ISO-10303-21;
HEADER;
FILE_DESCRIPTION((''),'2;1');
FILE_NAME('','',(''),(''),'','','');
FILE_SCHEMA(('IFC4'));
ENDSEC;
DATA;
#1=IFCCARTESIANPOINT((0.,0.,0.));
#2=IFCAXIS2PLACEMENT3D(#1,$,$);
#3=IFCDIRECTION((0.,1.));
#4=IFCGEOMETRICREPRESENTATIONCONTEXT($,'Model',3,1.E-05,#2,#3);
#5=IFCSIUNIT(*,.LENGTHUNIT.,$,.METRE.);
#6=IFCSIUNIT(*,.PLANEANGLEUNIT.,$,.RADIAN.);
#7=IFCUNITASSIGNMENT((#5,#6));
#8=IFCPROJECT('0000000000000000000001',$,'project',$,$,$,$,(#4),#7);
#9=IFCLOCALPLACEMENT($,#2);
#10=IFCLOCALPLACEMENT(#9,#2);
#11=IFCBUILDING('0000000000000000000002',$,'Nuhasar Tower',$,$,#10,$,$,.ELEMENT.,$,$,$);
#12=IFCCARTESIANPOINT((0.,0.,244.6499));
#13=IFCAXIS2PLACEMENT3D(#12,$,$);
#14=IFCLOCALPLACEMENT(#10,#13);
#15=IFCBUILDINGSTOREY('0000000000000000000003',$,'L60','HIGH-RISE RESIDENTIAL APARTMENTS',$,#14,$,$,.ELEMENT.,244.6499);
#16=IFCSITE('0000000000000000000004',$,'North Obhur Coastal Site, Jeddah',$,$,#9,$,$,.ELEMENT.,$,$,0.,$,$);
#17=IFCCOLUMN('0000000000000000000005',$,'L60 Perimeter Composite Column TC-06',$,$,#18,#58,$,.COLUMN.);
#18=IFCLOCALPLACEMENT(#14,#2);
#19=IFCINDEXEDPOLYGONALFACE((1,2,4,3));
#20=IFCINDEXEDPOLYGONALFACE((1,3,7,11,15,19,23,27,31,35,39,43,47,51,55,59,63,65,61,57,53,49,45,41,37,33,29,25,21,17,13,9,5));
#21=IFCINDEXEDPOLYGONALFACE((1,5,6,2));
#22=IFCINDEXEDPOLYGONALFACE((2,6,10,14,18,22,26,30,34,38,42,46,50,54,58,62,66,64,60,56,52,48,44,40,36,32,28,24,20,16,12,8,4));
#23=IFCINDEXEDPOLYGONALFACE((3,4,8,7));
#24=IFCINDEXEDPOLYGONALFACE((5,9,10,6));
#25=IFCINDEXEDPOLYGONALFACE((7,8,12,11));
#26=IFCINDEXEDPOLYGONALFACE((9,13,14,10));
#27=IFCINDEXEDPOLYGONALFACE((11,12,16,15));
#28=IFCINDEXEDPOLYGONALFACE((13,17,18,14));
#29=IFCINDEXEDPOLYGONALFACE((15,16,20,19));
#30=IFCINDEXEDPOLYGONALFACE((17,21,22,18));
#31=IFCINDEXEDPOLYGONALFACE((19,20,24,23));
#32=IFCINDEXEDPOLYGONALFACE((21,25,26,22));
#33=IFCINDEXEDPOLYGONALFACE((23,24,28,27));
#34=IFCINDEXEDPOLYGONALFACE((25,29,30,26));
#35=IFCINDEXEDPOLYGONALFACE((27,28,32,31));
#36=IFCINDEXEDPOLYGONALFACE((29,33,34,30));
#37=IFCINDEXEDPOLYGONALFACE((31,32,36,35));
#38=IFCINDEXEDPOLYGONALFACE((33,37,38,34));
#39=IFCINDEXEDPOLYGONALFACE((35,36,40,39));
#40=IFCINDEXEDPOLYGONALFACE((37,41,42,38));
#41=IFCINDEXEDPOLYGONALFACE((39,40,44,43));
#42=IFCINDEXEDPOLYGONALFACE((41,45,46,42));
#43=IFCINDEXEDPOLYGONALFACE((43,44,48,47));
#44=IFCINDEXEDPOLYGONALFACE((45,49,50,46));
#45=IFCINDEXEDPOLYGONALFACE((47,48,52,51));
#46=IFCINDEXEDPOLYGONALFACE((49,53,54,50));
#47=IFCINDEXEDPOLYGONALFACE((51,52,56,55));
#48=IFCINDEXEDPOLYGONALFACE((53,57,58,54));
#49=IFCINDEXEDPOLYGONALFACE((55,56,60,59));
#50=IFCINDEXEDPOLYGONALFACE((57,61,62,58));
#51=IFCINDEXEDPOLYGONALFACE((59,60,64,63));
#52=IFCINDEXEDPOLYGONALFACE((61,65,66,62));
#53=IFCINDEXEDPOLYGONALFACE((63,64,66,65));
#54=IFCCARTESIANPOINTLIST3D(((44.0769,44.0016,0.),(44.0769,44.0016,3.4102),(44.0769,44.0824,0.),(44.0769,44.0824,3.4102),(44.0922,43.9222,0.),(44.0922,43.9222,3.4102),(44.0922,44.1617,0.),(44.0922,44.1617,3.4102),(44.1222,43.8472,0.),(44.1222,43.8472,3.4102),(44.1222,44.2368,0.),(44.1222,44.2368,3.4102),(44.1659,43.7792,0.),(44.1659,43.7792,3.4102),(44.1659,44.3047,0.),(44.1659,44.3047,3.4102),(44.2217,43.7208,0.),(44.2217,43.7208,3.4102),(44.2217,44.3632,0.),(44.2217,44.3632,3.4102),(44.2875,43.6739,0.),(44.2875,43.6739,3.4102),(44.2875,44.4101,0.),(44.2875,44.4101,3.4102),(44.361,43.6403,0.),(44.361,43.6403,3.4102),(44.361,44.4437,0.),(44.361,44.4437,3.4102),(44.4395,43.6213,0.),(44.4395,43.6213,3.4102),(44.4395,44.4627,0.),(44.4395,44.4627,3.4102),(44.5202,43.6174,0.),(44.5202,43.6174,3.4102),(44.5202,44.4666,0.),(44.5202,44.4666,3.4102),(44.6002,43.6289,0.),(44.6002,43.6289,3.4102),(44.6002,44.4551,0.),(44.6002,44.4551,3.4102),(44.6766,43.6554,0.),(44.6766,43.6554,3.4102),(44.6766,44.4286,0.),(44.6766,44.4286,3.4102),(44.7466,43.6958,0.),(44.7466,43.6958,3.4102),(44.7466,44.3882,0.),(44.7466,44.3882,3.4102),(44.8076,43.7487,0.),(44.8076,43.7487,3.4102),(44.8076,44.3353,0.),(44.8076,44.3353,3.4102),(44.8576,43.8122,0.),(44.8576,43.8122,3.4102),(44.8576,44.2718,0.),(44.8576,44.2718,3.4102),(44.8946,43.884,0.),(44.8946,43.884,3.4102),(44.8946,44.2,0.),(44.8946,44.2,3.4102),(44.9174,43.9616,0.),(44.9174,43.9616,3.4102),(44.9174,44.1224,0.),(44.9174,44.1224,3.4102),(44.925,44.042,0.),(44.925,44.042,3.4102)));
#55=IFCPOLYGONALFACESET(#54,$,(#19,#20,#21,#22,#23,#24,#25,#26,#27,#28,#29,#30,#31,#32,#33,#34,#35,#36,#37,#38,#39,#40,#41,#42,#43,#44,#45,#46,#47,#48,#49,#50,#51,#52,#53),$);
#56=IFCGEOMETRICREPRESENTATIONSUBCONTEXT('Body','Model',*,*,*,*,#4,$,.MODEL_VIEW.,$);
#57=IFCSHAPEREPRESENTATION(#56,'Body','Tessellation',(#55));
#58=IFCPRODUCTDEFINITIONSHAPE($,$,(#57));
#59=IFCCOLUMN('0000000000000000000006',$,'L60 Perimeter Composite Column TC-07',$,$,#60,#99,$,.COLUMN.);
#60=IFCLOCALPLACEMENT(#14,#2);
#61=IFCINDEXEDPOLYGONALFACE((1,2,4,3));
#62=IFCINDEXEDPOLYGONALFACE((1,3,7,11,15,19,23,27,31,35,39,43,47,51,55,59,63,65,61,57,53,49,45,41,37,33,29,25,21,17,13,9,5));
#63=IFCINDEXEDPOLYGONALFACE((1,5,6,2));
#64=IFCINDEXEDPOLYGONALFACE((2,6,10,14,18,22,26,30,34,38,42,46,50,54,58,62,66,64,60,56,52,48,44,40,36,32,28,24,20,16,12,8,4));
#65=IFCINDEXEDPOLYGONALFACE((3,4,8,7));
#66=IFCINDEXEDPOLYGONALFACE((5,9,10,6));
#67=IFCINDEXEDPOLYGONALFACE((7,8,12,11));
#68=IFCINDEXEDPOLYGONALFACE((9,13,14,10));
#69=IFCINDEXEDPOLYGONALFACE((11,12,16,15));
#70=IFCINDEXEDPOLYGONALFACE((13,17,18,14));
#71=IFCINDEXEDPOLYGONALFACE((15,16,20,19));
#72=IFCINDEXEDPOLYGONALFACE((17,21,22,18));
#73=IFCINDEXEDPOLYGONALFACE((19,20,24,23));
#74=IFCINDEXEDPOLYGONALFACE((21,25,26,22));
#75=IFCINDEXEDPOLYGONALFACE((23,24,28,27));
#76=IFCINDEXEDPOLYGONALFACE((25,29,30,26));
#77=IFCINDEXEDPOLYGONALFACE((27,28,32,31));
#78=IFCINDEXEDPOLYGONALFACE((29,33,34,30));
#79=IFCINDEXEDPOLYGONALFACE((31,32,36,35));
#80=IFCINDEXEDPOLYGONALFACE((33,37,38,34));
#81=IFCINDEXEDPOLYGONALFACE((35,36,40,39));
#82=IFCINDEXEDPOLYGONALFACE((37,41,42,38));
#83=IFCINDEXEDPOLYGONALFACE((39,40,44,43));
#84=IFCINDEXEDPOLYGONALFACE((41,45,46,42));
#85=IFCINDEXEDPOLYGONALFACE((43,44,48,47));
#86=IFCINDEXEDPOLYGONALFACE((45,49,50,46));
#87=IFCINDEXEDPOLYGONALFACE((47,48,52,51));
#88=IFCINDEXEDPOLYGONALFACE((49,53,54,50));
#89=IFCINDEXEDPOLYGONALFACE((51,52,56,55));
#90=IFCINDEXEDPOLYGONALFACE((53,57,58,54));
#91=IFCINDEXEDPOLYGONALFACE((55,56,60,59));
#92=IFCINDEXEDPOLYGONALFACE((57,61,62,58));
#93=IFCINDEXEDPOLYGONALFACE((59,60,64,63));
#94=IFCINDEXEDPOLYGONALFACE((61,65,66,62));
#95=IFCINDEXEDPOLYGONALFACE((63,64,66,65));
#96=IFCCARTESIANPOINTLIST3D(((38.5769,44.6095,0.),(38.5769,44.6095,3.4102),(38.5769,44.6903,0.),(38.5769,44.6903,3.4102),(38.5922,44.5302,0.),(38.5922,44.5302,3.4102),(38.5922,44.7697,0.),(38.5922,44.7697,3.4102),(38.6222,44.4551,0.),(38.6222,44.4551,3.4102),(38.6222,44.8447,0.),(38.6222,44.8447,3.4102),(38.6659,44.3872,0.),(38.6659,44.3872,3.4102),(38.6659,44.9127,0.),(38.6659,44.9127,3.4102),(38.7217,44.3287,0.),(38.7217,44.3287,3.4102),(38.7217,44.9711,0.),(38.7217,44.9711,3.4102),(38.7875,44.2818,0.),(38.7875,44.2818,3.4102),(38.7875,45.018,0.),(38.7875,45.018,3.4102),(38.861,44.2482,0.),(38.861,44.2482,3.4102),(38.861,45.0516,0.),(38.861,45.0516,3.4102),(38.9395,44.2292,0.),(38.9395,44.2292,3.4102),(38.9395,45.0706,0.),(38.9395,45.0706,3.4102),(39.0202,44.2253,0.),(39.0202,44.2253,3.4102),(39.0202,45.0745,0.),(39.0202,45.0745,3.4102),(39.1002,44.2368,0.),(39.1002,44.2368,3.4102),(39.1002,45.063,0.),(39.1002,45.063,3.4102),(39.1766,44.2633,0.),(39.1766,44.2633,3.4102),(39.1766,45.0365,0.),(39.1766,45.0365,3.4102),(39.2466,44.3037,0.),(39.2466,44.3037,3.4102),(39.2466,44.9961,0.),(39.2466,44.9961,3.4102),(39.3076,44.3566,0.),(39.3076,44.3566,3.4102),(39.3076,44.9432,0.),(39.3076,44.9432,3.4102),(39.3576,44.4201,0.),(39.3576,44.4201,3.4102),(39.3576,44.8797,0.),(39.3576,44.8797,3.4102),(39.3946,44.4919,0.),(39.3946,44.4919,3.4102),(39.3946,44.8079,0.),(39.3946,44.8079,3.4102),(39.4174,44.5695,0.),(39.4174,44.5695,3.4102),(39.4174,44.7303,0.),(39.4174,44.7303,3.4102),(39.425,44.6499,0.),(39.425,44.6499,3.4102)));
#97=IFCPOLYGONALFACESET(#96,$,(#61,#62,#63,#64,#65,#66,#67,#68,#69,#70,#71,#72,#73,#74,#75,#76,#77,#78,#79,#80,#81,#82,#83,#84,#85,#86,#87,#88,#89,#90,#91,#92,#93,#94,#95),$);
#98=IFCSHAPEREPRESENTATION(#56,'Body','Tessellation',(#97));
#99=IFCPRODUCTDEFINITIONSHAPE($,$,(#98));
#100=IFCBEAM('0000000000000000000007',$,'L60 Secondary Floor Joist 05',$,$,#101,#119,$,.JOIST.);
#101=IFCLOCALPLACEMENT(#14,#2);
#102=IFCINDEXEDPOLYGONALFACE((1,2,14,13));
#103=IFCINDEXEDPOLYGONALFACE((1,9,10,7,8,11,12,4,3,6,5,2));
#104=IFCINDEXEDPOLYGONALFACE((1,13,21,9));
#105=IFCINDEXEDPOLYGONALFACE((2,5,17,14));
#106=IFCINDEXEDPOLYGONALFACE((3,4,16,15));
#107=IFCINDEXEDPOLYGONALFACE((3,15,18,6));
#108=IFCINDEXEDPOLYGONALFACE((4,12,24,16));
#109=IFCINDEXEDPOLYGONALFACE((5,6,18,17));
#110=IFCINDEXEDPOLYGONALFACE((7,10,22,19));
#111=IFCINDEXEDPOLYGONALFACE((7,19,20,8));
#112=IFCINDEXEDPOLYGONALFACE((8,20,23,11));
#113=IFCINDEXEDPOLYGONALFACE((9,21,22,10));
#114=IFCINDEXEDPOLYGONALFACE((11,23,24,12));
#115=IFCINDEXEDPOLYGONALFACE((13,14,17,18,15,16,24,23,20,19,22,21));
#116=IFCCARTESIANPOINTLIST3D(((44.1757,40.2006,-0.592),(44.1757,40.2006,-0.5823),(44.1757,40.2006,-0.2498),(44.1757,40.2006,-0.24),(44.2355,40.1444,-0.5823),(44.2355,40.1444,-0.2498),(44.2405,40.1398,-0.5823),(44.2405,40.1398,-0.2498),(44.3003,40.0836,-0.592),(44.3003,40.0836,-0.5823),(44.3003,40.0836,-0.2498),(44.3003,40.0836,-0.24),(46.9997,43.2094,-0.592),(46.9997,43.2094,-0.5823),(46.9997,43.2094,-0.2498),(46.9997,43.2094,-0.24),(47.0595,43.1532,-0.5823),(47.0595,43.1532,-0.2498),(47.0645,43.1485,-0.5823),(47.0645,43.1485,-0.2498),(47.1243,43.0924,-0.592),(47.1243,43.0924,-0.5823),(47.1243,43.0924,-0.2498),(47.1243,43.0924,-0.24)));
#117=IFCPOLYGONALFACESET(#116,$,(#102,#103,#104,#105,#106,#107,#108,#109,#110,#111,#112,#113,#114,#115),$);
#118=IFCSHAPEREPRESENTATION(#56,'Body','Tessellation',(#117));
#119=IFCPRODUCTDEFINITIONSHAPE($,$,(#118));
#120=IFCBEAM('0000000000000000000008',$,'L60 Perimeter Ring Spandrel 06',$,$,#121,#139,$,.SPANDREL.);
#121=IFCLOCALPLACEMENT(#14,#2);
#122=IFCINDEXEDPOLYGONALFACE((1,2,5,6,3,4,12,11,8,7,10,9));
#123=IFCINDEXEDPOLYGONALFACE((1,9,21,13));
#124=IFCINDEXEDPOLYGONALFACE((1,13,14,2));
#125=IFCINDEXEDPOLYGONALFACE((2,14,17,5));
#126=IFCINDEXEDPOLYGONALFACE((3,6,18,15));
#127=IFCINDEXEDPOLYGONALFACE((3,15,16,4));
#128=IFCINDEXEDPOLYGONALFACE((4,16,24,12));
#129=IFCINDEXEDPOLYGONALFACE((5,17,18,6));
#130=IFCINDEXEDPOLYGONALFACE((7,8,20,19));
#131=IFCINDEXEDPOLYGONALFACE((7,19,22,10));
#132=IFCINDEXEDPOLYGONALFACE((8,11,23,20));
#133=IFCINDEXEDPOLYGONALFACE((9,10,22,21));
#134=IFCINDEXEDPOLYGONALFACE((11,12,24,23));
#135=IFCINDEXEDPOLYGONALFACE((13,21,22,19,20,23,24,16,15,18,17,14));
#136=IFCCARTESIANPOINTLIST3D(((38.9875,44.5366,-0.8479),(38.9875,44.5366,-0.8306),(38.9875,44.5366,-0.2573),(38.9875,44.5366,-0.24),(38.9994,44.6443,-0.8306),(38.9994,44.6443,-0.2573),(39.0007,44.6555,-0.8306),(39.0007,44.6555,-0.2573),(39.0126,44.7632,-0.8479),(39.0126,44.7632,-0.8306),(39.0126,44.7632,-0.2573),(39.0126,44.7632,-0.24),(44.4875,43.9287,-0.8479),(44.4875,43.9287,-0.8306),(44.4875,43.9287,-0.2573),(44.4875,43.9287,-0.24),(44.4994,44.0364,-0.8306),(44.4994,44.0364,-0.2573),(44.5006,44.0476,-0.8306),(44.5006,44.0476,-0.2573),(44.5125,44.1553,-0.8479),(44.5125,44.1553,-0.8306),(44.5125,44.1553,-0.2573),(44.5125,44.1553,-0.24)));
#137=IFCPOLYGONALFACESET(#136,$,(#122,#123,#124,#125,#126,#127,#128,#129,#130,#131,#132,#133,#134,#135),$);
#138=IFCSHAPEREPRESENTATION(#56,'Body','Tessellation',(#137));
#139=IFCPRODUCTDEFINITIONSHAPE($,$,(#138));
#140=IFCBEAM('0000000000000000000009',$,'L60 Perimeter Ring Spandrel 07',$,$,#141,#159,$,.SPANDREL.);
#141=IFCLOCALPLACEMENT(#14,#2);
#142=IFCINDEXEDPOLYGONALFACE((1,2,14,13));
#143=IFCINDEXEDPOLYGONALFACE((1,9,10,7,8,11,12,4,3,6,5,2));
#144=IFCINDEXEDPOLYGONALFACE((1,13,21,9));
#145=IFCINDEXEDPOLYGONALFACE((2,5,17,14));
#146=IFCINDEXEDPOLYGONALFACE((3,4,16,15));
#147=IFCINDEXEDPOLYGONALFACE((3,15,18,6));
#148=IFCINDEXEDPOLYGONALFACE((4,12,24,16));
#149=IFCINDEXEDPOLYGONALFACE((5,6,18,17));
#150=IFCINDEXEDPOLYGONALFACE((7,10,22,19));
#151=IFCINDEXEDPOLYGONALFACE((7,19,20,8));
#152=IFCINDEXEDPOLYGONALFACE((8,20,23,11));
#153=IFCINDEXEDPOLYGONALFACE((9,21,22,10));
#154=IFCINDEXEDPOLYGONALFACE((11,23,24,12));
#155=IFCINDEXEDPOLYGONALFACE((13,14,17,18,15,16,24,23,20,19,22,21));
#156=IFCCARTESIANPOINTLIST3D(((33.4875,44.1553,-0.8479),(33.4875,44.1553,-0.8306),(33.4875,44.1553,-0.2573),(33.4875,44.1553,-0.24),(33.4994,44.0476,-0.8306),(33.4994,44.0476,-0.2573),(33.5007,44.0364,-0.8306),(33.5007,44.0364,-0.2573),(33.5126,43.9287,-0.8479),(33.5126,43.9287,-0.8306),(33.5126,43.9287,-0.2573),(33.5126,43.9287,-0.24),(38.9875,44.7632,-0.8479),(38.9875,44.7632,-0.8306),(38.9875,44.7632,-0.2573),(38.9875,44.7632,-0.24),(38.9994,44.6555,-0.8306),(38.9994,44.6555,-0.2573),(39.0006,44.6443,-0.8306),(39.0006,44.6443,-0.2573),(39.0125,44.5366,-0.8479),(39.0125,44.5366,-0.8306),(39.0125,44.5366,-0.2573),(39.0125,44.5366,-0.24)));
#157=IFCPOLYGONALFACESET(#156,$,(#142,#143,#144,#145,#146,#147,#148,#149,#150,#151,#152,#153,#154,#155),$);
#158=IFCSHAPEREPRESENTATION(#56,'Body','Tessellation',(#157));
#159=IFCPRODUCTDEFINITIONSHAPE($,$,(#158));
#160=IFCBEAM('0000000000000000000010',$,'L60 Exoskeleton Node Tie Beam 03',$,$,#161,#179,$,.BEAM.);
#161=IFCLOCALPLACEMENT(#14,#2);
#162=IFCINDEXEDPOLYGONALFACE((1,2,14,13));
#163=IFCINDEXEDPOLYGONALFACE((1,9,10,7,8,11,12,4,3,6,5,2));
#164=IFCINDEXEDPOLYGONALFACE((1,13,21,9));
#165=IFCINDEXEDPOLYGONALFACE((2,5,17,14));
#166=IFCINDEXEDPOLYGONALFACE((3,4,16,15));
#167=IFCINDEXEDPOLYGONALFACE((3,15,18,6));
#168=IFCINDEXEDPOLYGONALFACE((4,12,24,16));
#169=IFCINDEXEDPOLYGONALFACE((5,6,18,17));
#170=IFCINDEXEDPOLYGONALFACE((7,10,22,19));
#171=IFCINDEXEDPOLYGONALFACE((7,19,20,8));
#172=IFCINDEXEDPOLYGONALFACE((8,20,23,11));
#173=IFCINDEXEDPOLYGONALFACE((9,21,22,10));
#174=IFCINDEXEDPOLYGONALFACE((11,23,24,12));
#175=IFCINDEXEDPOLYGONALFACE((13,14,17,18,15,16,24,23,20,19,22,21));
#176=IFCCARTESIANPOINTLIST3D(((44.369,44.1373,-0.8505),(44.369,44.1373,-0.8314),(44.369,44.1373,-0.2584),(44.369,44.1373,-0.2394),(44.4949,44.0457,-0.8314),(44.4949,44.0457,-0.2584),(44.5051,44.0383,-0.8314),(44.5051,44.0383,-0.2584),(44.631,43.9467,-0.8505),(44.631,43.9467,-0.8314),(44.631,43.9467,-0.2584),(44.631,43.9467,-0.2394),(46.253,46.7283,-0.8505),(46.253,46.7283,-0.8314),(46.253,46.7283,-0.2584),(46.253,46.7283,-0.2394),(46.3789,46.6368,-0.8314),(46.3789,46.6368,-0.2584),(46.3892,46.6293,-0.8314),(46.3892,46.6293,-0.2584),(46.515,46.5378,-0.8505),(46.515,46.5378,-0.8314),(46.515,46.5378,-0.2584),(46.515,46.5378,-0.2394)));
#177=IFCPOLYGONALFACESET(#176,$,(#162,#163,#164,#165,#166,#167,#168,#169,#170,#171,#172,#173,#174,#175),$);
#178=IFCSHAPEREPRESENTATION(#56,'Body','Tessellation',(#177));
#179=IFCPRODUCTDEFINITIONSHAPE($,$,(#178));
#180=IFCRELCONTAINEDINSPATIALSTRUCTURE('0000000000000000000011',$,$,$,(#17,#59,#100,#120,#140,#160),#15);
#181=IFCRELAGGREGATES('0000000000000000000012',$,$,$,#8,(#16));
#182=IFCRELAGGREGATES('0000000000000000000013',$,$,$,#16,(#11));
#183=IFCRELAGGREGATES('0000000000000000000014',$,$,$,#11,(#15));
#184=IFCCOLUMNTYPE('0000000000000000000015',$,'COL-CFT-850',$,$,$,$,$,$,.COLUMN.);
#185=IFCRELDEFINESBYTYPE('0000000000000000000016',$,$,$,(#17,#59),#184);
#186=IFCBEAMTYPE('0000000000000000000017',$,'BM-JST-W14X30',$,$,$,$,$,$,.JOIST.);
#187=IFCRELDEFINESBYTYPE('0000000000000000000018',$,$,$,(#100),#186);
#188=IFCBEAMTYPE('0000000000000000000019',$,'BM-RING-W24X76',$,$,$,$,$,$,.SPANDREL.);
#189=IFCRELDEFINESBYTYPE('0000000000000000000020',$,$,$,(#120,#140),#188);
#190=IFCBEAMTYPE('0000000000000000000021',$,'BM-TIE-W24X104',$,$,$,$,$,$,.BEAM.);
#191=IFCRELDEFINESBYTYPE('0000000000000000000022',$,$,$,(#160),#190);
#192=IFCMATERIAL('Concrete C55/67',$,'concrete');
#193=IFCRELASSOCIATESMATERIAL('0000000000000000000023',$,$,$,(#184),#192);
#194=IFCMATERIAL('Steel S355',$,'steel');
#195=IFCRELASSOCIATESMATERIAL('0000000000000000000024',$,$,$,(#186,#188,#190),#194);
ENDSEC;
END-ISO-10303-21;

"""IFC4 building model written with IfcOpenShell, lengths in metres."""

from ifc_helpers import new_model, si_unit, direction, frame, origin, origin_2d, place, context, subcontext, project, spatial, circle, i_section, extrude, material, material_profile, profile_set, type_object, element, save


model = new_model("IFC4")

# Units and contexts
model_context = context("Model", 3, precision=1e-05, world=origin(), true_north=direction((0.0, 1.0)))
body_context = subcontext(model_context, "Body", "Model", "MODEL_VIEW")
ifc_project = project(units=[si_unit("LENGTHUNIT", "METRE"), si_unit("PLANEANGLEUNIT", "RADIAN")], contexts=[model_context])

# Site, building, storey
site_placement = place(None, origin())
site = spatial("IfcSite", under=ifc_project, at=site_placement, Name="North Obhur Coastal Site, Jeddah", CompositionType="ELEMENT", RefElevation=0.0)
building_placement = place(site_placement, origin())
building = spatial("IfcBuilding", under=site, at=building_placement, Name="Nuhasar Tower", CompositionType="ELEMENT")
storey_placement = place(building_placement, frame((0.0, 0.0, 244.6499)))
storey = spatial("IfcBuildingStorey", under=building, at=storey_placement, Name="L60", Description="HIGH-RISE RESIDENTIAL APARTMENTS", CompositionType="ELEMENT", Elevation=244.6499)

# Columns
ifc_material_1 = material(Name="Concrete C55/67", Category="concrete")
ifc_material_profile_1 = material_profile(ifc_material_1, circle(Radius=0.425, at=origin_2d()), Name="CFT850")
ifc_profile_set_1 = profile_set([ifc_material_profile_1], Name="Concrete C55/67")
column_type = type_object("IfcColumnType", Name="COL-CFT-850", PredefinedType="COLUMN", material=ifc_profile_set_1)
for number, where, z_axis, x_axis, name in (
    (1, (44.5, 44.042, 0.0), (0.0, 0.0, 1.0), (1.0, 0.0, 0.0), "L60 Perimeter Composite Column TC-06"),
    (2, (39.0, 44.6499, 0.0), (0.0, 0.0, 1.0), (1.0, 0.0, 0.0), "L60 Perimeter Composite Column TC-07"),
):
    element("IfcColumn", number, at=place(storey_placement, frame(where, z_axis=z_axis, x_axis=x_axis)), inside=storey, type_object=column_type, Name=name, PredefinedType="COLUMN", context=body_context, shape_type="SweptSolid", body=[
        extrude(circle(Radius=0.425, at=origin_2d()), origin(), (0.0, 0.0, 1.0), 3.4102),
    ])

# Beams
ifc_material_2 = material(Name="Steel S355", Category="steel")
ifc_material_profile_2 = material_profile(ifc_material_2, i_section(OverallWidth=0.1709, OverallDepth=0.3521, WebThickness=0.0068, FlangeThickness=0.0098, at=origin_2d()), Name="W14X30")
ifc_profile_set_2 = profile_set([ifc_material_profile_2], Name="Steel S355")
beam_type_1 = type_object("IfcBeamType", Name="BM-JST-W14X30", PredefinedType="JOIST", material=ifc_profile_set_2)
beam_1_placement = place(storey_placement, frame((44.238, 40.1421, -0.416), z_axis=(0.684358, 0.729146, 0.0), x_axis=(-0.729146, 0.684358, 0.0)))
element("IfcBeam", 3, at=beam_1_placement, inside=storey, type_object=beam_type_1, Name="L60 Secondary Floor Joist 05", PredefinedType="JOIST", context=body_context, shape_type="SweptSolid", body=[
    extrude(i_section(OverallWidth=0.1709, OverallDepth=0.3521, WebThickness=0.0068, FlangeThickness=0.0098, at=origin_2d()), origin(), (0.0, 0.0, 1.0), 4.1265),
])
ifc_material_profile_3 = material_profile(ifc_material_2, i_section(OverallWidth=0.228, OverallDepth=0.6079, WebThickness=0.0112, FlangeThickness=0.0173, at=origin_2d()), Name="W24X76")
ifc_profile_set_3 = profile_set([ifc_material_profile_3], Name="Steel S355")
beam_type_2 = type_object("IfcBeamType", Name="BM-RING-W24X76", PredefinedType="SPANDREL", material=ifc_profile_set_3)
for number, where, z_axis, x_axis, name in (
    (4, (44.5, 44.042, -0.5439), (-0.993947, 0.10986, 0.0), (-0.10986, -0.993947, 0.0), "L60 Perimeter Ring Spandrel 06"),
    (5, (39.0, 44.6499, -0.5439), (-0.993947, -0.10986, 0.0), (0.10986, -0.993947, 0.0), "L60 Perimeter Ring Spandrel 07"),
):
    element("IfcBeam", number, at=place(storey_placement, frame(where, z_axis=z_axis, x_axis=x_axis)), inside=storey, type_object=beam_type_2, Name=name, PredefinedType="SPANDREL", context=body_context, shape_type="SweptSolid", body=[
        extrude(i_section(OverallWidth=0.228, OverallDepth=0.6079, WebThickness=0.0112, FlangeThickness=0.0173, at=origin_2d()), origin(), (0.0, 0.0, 1.0), 5.5334),
    ])
ifc_material_profile_4 = material_profile(ifc_material_2, i_section(OverallWidth=0.324, OverallDepth=0.6111, WebThickness=0.0127, FlangeThickness=0.019, at=origin_2d()), Name="W24X104")
ifc_profile_set_4 = profile_set([ifc_material_profile_4], Name="Steel S355")
beam_type_3 = type_object("IfcBeamType", Name="BM-TIE-W24X104", PredefinedType="BEAM", material=ifc_profile_set_4)
beam_2_placement = place(storey_placement, frame((44.5, 44.042, -0.5449), z_axis=(0.588095, 0.808792, 0.0), x_axis=(-0.808792, 0.588095, 0.0)))
element("IfcBeam", 6, at=beam_2_placement, inside=storey, type_object=beam_type_3, Name="L60 Exoskeleton Node Tie Beam 03", PredefinedType="BEAM", context=body_context, shape_type="SweptSolid", body=[
    extrude(i_section(OverallWidth=0.324, OverallDepth=0.6111, WebThickness=0.0127, FlangeThickness=0.019, at=origin_2d()), origin(), (0.0, 0.0, 1.0), 3.2036),
])

save(model, "model.ifc")
